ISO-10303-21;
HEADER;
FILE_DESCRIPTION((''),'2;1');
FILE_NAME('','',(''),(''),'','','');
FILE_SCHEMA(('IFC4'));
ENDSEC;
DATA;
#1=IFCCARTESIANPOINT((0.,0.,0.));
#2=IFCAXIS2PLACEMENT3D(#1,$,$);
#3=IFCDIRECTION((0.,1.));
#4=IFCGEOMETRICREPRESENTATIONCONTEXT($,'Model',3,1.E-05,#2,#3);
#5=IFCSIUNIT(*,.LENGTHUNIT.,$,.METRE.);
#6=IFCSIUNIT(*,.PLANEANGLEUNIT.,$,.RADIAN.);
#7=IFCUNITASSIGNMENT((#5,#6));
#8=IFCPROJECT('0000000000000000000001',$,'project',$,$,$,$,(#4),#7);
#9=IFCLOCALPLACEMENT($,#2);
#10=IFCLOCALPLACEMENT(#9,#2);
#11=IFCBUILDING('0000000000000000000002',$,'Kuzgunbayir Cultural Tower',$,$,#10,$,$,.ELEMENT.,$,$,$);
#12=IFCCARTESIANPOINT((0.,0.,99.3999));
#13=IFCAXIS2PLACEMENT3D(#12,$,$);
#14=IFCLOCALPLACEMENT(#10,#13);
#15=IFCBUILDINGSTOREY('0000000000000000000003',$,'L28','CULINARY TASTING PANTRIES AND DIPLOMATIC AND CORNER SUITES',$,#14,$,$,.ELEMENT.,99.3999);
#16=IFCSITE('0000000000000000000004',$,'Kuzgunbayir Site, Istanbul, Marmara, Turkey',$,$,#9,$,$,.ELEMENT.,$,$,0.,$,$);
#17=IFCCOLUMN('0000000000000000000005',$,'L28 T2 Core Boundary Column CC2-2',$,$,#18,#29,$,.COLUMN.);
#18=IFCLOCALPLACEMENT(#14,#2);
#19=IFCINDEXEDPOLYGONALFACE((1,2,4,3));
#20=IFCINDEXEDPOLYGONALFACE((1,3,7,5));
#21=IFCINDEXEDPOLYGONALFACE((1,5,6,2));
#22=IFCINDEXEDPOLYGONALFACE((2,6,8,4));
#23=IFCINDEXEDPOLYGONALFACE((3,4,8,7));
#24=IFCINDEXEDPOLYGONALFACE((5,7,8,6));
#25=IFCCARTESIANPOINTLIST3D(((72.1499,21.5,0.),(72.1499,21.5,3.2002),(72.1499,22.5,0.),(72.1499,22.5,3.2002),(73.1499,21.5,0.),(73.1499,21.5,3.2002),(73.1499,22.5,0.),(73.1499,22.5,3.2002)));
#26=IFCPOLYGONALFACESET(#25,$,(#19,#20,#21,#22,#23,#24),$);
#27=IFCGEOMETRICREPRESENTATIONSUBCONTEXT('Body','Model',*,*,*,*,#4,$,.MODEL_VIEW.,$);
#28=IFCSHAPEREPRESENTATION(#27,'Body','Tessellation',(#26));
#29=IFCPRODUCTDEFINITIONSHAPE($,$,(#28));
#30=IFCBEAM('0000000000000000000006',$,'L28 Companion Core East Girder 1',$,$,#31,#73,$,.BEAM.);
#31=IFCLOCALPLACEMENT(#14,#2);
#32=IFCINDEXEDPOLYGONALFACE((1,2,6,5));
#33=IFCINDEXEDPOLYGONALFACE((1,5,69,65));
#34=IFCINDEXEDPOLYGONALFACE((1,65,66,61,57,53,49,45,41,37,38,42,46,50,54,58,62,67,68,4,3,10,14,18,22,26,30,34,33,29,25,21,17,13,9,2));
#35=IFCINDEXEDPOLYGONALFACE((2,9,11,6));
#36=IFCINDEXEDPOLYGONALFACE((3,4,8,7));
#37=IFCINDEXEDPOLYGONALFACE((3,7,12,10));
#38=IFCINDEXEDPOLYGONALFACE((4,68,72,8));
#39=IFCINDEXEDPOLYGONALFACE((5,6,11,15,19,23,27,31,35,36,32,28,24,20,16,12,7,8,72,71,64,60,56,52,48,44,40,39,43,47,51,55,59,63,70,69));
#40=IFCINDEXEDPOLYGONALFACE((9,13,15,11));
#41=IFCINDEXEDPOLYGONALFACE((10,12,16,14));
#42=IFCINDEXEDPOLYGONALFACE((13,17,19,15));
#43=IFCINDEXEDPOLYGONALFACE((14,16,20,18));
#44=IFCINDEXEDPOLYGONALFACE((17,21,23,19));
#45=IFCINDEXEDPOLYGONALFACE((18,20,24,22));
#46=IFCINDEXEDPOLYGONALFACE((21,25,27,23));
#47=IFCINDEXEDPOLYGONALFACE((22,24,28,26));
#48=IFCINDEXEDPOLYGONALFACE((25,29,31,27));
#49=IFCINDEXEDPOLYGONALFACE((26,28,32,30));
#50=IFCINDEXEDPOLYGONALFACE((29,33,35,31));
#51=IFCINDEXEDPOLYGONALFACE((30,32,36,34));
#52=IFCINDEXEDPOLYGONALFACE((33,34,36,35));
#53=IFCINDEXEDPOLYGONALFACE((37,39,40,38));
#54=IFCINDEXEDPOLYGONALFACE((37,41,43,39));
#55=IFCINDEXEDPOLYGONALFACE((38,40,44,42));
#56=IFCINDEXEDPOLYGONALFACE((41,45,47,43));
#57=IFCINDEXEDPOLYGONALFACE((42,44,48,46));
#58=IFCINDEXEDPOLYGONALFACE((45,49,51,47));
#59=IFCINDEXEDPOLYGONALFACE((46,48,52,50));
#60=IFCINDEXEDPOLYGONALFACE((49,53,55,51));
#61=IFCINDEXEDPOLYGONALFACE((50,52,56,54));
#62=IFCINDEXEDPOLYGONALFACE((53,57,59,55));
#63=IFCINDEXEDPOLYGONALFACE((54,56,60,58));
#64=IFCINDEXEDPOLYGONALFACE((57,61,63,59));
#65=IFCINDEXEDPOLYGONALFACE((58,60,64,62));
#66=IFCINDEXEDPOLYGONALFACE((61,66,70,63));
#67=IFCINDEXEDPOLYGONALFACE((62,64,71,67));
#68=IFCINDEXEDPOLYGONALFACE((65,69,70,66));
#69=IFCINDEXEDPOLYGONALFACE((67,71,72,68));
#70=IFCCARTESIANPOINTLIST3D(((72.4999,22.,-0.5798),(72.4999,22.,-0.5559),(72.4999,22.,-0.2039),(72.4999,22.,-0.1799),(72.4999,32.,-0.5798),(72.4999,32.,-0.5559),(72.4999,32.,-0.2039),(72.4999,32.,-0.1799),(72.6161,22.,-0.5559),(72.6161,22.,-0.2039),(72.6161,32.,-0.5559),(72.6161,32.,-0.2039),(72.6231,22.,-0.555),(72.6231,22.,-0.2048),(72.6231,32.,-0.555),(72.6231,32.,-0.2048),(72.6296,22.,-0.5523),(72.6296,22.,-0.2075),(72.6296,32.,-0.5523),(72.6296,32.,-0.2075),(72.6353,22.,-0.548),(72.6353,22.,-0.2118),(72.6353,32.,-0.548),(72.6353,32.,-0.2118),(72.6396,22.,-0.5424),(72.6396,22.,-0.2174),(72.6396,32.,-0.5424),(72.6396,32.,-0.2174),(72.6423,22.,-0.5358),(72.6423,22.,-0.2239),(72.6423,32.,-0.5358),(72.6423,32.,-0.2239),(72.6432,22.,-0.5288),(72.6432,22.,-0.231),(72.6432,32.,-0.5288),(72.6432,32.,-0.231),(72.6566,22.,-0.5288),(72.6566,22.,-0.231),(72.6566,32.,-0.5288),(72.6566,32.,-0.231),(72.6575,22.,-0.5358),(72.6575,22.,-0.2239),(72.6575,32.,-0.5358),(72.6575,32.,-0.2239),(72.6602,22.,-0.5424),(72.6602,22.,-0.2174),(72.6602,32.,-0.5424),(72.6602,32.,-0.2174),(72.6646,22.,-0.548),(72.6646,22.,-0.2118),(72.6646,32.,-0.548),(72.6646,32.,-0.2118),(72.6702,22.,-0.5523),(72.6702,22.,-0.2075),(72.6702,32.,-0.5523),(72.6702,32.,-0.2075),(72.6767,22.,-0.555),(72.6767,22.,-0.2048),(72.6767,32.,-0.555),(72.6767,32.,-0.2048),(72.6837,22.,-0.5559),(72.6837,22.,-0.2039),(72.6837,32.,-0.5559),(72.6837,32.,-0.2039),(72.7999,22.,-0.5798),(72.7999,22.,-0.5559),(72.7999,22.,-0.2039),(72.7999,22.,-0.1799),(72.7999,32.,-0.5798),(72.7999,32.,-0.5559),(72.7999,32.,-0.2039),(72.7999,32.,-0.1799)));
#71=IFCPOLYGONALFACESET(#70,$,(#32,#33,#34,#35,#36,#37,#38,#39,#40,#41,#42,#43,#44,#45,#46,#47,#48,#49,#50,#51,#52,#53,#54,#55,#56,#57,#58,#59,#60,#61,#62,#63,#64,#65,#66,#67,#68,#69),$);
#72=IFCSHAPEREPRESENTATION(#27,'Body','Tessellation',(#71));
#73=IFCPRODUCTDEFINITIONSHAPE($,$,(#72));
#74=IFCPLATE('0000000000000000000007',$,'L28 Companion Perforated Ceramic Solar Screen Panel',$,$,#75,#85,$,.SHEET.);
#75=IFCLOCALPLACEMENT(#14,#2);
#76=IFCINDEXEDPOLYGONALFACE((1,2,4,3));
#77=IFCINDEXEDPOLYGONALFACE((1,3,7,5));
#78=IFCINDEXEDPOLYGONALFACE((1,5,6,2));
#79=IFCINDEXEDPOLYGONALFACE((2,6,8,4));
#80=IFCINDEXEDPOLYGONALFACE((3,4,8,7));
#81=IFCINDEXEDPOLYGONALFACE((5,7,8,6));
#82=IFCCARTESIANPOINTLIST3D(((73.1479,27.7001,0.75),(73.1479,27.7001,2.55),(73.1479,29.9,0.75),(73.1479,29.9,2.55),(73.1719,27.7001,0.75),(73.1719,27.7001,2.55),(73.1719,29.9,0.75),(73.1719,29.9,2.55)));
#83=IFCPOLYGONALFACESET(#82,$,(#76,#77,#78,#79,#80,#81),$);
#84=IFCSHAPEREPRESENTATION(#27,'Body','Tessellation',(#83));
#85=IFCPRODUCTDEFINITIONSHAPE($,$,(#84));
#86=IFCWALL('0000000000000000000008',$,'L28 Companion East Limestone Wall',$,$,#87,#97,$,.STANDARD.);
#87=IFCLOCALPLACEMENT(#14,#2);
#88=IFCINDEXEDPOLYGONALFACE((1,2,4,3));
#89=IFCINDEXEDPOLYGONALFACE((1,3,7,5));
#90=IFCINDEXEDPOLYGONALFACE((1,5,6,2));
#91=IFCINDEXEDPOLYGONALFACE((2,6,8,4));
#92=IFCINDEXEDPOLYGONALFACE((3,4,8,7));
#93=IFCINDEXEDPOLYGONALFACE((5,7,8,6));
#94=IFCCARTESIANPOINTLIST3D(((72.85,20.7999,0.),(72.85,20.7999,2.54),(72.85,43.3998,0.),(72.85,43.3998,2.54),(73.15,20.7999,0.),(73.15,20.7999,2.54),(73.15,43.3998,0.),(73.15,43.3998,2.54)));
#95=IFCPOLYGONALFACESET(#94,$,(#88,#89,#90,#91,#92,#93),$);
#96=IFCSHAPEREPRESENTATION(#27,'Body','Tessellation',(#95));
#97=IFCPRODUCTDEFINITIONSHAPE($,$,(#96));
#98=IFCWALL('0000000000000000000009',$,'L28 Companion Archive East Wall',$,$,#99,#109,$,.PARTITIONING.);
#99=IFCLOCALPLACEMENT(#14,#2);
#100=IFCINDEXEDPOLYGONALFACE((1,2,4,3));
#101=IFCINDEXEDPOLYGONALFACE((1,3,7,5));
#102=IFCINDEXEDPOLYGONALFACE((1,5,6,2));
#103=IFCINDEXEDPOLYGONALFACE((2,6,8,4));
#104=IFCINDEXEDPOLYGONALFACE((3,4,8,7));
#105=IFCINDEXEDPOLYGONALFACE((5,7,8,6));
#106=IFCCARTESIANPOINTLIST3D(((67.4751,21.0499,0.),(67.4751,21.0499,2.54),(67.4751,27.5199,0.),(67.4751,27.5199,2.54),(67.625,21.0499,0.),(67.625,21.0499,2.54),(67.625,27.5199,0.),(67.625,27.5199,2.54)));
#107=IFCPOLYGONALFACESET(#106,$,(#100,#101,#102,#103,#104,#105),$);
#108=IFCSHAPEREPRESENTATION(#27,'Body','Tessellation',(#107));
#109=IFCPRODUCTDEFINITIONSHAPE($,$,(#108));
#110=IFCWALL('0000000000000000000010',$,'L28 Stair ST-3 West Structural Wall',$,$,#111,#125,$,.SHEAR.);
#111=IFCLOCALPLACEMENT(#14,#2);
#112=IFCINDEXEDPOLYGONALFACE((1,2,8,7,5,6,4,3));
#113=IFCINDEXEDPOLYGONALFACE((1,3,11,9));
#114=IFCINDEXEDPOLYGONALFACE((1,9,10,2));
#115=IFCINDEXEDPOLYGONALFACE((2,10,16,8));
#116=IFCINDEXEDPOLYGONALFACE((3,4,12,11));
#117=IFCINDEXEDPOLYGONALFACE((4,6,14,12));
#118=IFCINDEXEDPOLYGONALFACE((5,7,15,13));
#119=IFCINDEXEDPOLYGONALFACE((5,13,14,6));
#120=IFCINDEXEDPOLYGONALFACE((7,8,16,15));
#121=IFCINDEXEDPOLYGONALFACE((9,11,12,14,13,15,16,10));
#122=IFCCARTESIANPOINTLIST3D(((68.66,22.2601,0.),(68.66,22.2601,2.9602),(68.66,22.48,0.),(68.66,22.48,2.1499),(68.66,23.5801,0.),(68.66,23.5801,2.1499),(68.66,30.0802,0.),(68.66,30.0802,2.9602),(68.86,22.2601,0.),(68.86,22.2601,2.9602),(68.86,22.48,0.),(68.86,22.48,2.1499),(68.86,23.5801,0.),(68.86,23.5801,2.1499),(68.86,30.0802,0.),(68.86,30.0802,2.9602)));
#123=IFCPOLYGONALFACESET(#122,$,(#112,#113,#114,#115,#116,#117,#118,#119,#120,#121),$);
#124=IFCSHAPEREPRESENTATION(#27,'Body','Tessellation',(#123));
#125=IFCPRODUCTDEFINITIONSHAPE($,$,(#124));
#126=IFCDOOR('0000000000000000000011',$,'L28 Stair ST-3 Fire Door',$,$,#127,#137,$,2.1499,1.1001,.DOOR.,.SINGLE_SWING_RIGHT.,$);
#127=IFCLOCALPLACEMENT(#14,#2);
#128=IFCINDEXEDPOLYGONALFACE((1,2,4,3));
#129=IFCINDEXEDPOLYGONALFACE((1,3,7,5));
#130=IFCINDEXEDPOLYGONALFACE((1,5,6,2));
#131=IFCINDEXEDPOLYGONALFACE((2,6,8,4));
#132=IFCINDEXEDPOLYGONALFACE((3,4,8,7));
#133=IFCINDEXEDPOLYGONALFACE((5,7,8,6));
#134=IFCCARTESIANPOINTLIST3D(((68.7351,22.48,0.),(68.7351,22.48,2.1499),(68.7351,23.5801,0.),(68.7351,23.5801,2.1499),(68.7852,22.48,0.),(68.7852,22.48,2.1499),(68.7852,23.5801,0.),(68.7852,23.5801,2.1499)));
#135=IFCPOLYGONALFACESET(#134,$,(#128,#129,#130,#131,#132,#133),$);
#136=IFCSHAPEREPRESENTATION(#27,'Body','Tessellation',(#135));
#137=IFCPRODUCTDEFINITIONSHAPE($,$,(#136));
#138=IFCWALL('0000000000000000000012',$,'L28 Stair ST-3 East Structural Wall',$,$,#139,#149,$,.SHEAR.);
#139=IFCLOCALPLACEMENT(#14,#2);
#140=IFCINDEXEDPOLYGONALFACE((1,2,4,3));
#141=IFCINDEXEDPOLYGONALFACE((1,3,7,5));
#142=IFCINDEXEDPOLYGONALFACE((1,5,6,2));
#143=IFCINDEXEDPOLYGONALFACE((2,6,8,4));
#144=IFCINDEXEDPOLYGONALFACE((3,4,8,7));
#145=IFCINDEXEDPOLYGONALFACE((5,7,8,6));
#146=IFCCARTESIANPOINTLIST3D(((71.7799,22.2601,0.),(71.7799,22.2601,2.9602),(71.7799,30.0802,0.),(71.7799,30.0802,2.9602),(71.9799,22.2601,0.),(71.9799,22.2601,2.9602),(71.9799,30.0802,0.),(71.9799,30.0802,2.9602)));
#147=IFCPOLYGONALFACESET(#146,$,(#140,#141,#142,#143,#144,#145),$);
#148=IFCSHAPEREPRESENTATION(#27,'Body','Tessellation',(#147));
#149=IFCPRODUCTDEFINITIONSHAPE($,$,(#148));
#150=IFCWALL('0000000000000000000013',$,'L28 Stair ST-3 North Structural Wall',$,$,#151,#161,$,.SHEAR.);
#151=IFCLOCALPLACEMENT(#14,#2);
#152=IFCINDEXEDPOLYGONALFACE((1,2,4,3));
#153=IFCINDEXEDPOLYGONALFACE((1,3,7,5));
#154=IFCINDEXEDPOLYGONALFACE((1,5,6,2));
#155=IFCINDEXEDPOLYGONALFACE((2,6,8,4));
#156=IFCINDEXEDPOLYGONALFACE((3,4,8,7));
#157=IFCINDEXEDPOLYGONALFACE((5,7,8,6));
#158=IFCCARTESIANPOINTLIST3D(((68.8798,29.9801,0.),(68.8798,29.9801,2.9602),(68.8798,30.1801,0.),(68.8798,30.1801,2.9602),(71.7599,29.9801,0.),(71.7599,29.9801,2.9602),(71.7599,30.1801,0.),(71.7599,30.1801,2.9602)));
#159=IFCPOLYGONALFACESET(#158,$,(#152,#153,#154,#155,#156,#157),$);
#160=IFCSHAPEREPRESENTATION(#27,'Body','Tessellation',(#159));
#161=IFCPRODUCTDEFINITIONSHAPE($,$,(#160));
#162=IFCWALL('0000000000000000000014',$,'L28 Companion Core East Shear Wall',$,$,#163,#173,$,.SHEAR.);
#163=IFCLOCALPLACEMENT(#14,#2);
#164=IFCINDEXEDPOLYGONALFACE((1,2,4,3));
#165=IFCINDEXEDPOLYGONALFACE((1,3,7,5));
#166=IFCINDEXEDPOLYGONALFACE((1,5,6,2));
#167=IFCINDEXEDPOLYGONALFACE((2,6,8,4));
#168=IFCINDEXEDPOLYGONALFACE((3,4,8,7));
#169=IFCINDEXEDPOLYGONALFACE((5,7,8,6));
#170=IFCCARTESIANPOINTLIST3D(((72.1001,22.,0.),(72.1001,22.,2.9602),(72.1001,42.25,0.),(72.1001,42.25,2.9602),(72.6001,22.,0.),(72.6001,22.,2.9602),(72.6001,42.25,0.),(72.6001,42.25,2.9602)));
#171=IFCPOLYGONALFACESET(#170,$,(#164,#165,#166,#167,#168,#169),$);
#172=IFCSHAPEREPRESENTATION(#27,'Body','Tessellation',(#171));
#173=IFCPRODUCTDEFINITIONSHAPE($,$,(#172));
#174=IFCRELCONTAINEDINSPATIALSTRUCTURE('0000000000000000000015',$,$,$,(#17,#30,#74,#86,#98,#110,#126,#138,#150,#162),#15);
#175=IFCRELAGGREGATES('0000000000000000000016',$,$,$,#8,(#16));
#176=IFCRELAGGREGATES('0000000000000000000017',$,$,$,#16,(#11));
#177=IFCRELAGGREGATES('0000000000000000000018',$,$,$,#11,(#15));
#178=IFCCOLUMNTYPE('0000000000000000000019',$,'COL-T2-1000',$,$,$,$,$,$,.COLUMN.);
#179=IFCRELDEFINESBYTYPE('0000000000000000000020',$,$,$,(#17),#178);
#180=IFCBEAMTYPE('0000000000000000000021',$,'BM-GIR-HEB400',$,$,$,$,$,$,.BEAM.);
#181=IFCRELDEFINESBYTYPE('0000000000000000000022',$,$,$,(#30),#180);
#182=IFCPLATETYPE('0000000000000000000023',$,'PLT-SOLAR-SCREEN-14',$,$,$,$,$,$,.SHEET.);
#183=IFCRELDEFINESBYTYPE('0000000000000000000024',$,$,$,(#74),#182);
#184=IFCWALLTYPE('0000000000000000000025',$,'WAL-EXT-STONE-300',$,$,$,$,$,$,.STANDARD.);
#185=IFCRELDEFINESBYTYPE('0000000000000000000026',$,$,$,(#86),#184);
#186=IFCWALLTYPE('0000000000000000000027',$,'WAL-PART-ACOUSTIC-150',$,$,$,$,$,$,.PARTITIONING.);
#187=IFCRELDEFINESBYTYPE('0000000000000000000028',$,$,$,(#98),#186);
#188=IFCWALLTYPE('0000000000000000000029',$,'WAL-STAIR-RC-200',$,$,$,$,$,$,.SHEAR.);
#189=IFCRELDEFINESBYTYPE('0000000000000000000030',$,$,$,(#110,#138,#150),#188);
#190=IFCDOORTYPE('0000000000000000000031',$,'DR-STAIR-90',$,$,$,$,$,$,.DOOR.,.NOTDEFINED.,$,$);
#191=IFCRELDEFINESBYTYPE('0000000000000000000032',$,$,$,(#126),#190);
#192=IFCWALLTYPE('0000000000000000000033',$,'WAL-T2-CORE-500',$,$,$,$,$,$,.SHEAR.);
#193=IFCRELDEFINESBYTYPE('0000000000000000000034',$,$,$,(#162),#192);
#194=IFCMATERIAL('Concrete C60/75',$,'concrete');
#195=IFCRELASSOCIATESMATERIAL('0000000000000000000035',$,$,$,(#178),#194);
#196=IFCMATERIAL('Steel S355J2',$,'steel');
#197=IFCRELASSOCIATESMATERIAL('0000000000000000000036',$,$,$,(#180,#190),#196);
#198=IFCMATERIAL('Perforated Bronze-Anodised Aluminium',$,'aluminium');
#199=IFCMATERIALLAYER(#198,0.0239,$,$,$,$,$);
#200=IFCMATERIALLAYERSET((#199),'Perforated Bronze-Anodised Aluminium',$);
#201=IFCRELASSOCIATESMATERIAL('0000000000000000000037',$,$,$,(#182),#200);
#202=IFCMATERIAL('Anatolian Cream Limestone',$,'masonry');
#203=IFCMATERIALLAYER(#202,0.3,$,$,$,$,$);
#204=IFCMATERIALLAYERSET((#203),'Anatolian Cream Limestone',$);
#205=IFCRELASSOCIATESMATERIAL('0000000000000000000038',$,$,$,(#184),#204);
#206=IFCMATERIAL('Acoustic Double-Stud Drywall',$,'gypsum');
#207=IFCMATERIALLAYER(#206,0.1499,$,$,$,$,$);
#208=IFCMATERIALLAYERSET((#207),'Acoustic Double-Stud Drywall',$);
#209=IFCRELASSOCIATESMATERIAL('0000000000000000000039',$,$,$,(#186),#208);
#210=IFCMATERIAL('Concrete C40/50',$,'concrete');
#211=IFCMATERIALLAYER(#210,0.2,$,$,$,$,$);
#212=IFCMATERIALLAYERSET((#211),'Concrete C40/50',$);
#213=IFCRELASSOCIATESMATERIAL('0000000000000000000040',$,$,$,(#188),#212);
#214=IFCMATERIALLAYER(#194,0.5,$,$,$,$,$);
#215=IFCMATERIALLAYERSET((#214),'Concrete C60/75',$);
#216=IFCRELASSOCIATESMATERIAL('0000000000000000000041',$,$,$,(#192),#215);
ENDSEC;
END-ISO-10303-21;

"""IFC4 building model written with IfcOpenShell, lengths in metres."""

from ifc_helpers import new_model, si_unit, direction, frame, frame_2d, origin, origin_2d, place, context, subcontext, project, spatial, rectangle, i_section, extrude, material, layer, layer_set, material_profile, profile_set, type_object, element, fill, save


model = new_model("IFC4")

# Units and contexts
model_context = context("Model", 3, precision=1e-05, world=origin(), true_north=direction((0.0, 1.0)))
body_context = subcontext(model_context, "Body", "Model", "MODEL_VIEW")
ifc_project = project(units=[si_unit("LENGTHUNIT", "METRE"), si_unit("PLANEANGLEUNIT", "RADIAN")], contexts=[model_context])

# Site, building, storey
site_placement = place(None, origin())
site = spatial("IfcSite", under=ifc_project, at=site_placement, Name="Kuzgunbayir Site, Istanbul, Marmara, Turkey", CompositionType="ELEMENT", RefElevation=0.0)
building_placement = place(site_placement, origin())
building = spatial("IfcBuilding", under=site, at=building_placement, Name="Kuzgunbayir Cultural Tower", CompositionType="ELEMENT")
storey_placement = place(building_placement, frame((0.0, 0.0, 99.3999)))
storey = spatial("IfcBuildingStorey", under=building, at=storey_placement, Name="L28", Description="CULINARY TASTING PANTRIES AND DIPLOMATIC AND CORNER SUITES", CompositionType="ELEMENT", Elevation=99.3999)

# Column
ifc_material_1 = material(Name="Concrete C60/75", Category="concrete")
ifc_material_profile_1 = material_profile(ifc_material_1, rectangle(XDim=1.0, YDim=1.0, at=origin_2d()), Name="RC 1000x1000")
ifc_profile_set_1 = profile_set([ifc_material_profile_1], Name="Concrete C60/75")
column_type = type_object("IfcColumnType", Name="COL-T2-1000", PredefinedType="COLUMN", material=ifc_profile_set_1)
column_placement = place(storey_placement, frame((72.6499, 22.0, 0.0), z_axis=(0.0, 0.0, 1.0), x_axis=(1.0, 0.0, 0.0)))
element("IfcColumn", 1, at=column_placement, inside=storey, type_object=column_type, Name="L28 T2 Core Boundary Column CC2-2", PredefinedType="COLUMN", context=body_context, shape_type="SweptSolid", body=[
    extrude(rectangle(XDim=1.0, YDim=1.0, at=origin_2d()), origin(), (0.0, 0.0, 1.0), 3.2002),
])

# Beam
ifc_material_2 = material(Name="Steel S355J2", Category="steel")
ifc_material_profile_2 = material_profile(ifc_material_2, i_section(OverallWidth=0.3, OverallDepth=0.3999, WebThickness=0.0134, FlangeThickness=0.0239, FilletRadius=0.0271, at=origin_2d()), Name="HEB 400")
ifc_profile_set_2 = profile_set([ifc_material_profile_2], Name="Steel S355J2")
beam_type = type_object("IfcBeamType", Name="BM-GIR-HEB400", PredefinedType="BEAM", material=ifc_profile_set_2)
beam_placement = place(storey_placement, frame((72.6499, 22.0, -0.3799), z_axis=(0.0, 1.0, 0.0), x_axis=(-1.0, 0.0, 0.0)))
element("IfcBeam", 2, at=beam_placement, inside=storey, type_object=beam_type, Name="L28 Companion Core East Girder 1", PredefinedType="BEAM", context=body_context, shape_type="SweptSolid", body=[
    extrude(i_section(OverallWidth=0.3, OverallDepth=0.3999, WebThickness=0.0134, FlangeThickness=0.0239, FilletRadius=0.0271, at=origin_2d()), origin(), (0.0, 0.0, 1.0), 10.0),
])

# Plate
ifc_material_3 = material(Name="Perforated Bronze-Anodised Aluminium", Category="aluminium")
ifc_layer_1 = layer(ifc_material_3, 0.0239)
ifc_layer_set_1 = layer_set([ifc_layer_1], Name="Perforated Bronze-Anodised Aluminium")
plate_type = type_object("IfcPlateType", Name="PLT-SOLAR-SCREEN-14", PredefinedType="SHEET", material=ifc_layer_set_1)
plate_placement = place(storey_placement, frame((73.1599, 28.8, 0.75), z_axis=(0.0, 0.0, 1.0), x_axis=(1.0, 0.0, 0.0)))
element("IfcPlate", 3, at=plate_placement, inside=storey, type_object=plate_type, Name="L28 Companion Perforated Ceramic Solar Screen Panel", PredefinedType="SHEET", context=body_context, shape_type="SweptSolid", body=[
    extrude(rectangle(XDim=0.0239, YDim=2.2, at=origin_2d()), origin(), (0.0, 0.0, 1.0), 1.8),
])

# Walls
ifc_material_4 = material(Name="Anatolian Cream Limestone", Category="masonry")
ifc_layer_2 = layer(ifc_material_4, 0.3)
ifc_layer_set_2 = layer_set([ifc_layer_2], Name="Anatolian Cream Limestone")
wall_type_1 = type_object("IfcWallType", Name="WAL-EXT-STONE-300", PredefinedType="STANDARD", material=ifc_layer_set_2)
wall_1_placement = place(storey_placement, frame((73.0, 20.8, 0.0), z_axis=(0.0, 0.0, 1.0), x_axis=(0.0, 1.0, 0.0)))
element("IfcWall", 4, at=wall_1_placement, inside=storey, type_object=wall_type_1, Name="L28 Companion East Limestone Wall", PredefinedType="STANDARD", context=body_context, shape_type="SweptSolid", body=[
    extrude(rectangle(XDim=22.5999, YDim=0.3, at=frame_2d((11.2998, 0.0))), origin(), (0.0, 0.0, 1.0), 2.54),
])
ifc_material_5 = material(Name="Acoustic Double-Stud Drywall", Category="gypsum")
ifc_layer_3 = layer(ifc_material_5, 0.1499)
ifc_layer_set_3 = layer_set([ifc_layer_3], Name="Acoustic Double-Stud Drywall")
wall_type_2 = type_object("IfcWallType", Name="WAL-PART-ACOUSTIC-150", PredefinedType="PARTITIONING", material=ifc_layer_set_3)
wall_2_placement = place(storey_placement, frame((67.55, 21.05, 0.0), z_axis=(0.0, 0.0, 1.0), x_axis=(0.0, 1.0, 0.0)))
element("IfcWall", 5, at=wall_2_placement, inside=storey, type_object=wall_type_2, Name="L28 Companion Archive East Wall", PredefinedType="PARTITIONING", context=body_context, shape_type="SweptSolid", body=[
    extrude(rectangle(XDim=6.47, YDim=0.1499, at=frame_2d((3.2349, 0.0))), origin(), (0.0, 0.0, 1.0), 2.54),
])

# Wall, opening, door
ifc_material_6 = material(Name="Concrete C40/50", Category="concrete")
ifc_layer_4 = layer(ifc_material_6, 0.2)
ifc_layer_set_4 = layer_set([ifc_layer_4], Name="Concrete C40/50")
wall_type_3 = type_object("IfcWallType", Name="WAL-STAIR-RC-200", PredefinedType="SHEAR", material=ifc_layer_set_4)
wall_3_placement = place(storey_placement, frame((68.76, 22.26, 0.0), z_axis=(0.0, 0.0, 1.0), x_axis=(0.0, 1.0, 0.0)))
wall_3 = element("IfcWall", 6, at=wall_3_placement, inside=storey, type_object=wall_type_3, Name="L28 Stair ST-3 West Structural Wall", PredefinedType="SHEAR", context=body_context, shape_type="SweptSolid", body=[
    extrude(rectangle(XDim=7.8201, YDim=0.2, at=frame_2d((3.9102, 0.0))), origin(), (0.0, 0.0, 1.0), 2.9602),
])
opening_placement = place(wall_3_placement, frame((0.22, 0.0, 0.0)))
opening = element("IfcOpeningElement", 7, at=opening_placement, cuts=wall_3, PredefinedType="OPENING", context=body_context, shape_type="SweptSolid", body=[
    extrude(rectangle(XDim=1.1001, YDim=2.1499, at=frame_2d((0.55, 1.075))), frame((0.0, 0.1099, 0.0), z_axis=(0.0, -1.0, 0.0), x_axis=(1.0, 0.0, 0.0)), (0.0, 0.0, 1.0), 0.22),
])
door_type = type_object("IfcDoorType", Name="DR-STAIR-90", OperationType="NOTDEFINED", PredefinedType="DOOR", material=ifc_material_2)
door_placement = place(opening_placement, origin())
door = element("IfcDoor", 8, at=door_placement, inside=storey, type_object=door_type, Name="L28 Stair ST-3 Fire Door", OperationType="SINGLE_SWING_RIGHT", OverallHeight=2.1499, OverallWidth=1.1001, PredefinedType="DOOR", context=body_context, shape_type="SweptSolid", body=[
    extrude(rectangle(XDim=1.1001, YDim=2.1499, at=frame_2d((0.55, 1.075))), frame((0.0, 0.0249, 0.0), z_axis=(0.0, -1.0, 0.0), x_axis=(1.0, 0.0, 0.0)), (0.0, 0.0, 1.0), 0.05),
])
fill(opening, door)

# Walls
wall_4_placement = place(storey_placement, frame((71.8799, 22.26, 0.0), z_axis=(0.0, 0.0, 1.0), x_axis=(0.0, 1.0, 0.0)))
element("IfcWall", 9, at=wall_4_placement, inside=storey, type_object=wall_type_3, Name="L28 Stair ST-3 East Structural Wall", PredefinedType="SHEAR", context=body_context, shape_type="SweptSolid", body=[
    extrude(rectangle(XDim=7.8201, YDim=0.2, at=frame_2d((3.9102, 0.0))), origin(), (0.0, 0.0, 1.0), 2.9602),
])
wall_5_placement = place(storey_placement, frame((68.8799, 30.0801, 0.0), z_axis=(0.0, 0.0, 1.0), x_axis=(1.0, 0.0, 0.0)))
element("IfcWall", 10, at=wall_5_placement, inside=storey, type_object=wall_type_3, Name="L28 Stair ST-3 North Structural Wall", PredefinedType="SHEAR", context=body_context, shape_type="SweptSolid", body=[
    extrude(rectangle(XDim=2.8801, YDim=0.2, at=frame_2d((1.4399, 0.0))), origin(), (0.0, 0.0, 1.0), 2.9602),
])
ifc_layer_5 = layer(ifc_material_1, 0.5)
ifc_layer_set_5 = layer_set([ifc_layer_5], Name="Concrete C60/75")
wall_type_4 = type_object("IfcWallType", Name="WAL-T2-CORE-500", PredefinedType="SHEAR", material=ifc_layer_set_5)
wall_6_placement = place(storey_placement, frame((72.3501, 22.0, 0.0), z_axis=(0.0, 0.0, 1.0), x_axis=(0.0, 1.0, 0.0)))
element("IfcWall", 11, at=wall_6_placement, inside=storey, type_object=wall_type_4, Name="L28 Companion Core East Shear Wall", PredefinedType="SHEAR", context=body_context, shape_type="SweptSolid", body=[
    extrude(rectangle(XDim=20.25, YDim=0.5, at=frame_2d((10.125, 0.0))), origin(), (0.0, 0.0, 1.0), 2.9602),
])

save(model, "model.ifc")
